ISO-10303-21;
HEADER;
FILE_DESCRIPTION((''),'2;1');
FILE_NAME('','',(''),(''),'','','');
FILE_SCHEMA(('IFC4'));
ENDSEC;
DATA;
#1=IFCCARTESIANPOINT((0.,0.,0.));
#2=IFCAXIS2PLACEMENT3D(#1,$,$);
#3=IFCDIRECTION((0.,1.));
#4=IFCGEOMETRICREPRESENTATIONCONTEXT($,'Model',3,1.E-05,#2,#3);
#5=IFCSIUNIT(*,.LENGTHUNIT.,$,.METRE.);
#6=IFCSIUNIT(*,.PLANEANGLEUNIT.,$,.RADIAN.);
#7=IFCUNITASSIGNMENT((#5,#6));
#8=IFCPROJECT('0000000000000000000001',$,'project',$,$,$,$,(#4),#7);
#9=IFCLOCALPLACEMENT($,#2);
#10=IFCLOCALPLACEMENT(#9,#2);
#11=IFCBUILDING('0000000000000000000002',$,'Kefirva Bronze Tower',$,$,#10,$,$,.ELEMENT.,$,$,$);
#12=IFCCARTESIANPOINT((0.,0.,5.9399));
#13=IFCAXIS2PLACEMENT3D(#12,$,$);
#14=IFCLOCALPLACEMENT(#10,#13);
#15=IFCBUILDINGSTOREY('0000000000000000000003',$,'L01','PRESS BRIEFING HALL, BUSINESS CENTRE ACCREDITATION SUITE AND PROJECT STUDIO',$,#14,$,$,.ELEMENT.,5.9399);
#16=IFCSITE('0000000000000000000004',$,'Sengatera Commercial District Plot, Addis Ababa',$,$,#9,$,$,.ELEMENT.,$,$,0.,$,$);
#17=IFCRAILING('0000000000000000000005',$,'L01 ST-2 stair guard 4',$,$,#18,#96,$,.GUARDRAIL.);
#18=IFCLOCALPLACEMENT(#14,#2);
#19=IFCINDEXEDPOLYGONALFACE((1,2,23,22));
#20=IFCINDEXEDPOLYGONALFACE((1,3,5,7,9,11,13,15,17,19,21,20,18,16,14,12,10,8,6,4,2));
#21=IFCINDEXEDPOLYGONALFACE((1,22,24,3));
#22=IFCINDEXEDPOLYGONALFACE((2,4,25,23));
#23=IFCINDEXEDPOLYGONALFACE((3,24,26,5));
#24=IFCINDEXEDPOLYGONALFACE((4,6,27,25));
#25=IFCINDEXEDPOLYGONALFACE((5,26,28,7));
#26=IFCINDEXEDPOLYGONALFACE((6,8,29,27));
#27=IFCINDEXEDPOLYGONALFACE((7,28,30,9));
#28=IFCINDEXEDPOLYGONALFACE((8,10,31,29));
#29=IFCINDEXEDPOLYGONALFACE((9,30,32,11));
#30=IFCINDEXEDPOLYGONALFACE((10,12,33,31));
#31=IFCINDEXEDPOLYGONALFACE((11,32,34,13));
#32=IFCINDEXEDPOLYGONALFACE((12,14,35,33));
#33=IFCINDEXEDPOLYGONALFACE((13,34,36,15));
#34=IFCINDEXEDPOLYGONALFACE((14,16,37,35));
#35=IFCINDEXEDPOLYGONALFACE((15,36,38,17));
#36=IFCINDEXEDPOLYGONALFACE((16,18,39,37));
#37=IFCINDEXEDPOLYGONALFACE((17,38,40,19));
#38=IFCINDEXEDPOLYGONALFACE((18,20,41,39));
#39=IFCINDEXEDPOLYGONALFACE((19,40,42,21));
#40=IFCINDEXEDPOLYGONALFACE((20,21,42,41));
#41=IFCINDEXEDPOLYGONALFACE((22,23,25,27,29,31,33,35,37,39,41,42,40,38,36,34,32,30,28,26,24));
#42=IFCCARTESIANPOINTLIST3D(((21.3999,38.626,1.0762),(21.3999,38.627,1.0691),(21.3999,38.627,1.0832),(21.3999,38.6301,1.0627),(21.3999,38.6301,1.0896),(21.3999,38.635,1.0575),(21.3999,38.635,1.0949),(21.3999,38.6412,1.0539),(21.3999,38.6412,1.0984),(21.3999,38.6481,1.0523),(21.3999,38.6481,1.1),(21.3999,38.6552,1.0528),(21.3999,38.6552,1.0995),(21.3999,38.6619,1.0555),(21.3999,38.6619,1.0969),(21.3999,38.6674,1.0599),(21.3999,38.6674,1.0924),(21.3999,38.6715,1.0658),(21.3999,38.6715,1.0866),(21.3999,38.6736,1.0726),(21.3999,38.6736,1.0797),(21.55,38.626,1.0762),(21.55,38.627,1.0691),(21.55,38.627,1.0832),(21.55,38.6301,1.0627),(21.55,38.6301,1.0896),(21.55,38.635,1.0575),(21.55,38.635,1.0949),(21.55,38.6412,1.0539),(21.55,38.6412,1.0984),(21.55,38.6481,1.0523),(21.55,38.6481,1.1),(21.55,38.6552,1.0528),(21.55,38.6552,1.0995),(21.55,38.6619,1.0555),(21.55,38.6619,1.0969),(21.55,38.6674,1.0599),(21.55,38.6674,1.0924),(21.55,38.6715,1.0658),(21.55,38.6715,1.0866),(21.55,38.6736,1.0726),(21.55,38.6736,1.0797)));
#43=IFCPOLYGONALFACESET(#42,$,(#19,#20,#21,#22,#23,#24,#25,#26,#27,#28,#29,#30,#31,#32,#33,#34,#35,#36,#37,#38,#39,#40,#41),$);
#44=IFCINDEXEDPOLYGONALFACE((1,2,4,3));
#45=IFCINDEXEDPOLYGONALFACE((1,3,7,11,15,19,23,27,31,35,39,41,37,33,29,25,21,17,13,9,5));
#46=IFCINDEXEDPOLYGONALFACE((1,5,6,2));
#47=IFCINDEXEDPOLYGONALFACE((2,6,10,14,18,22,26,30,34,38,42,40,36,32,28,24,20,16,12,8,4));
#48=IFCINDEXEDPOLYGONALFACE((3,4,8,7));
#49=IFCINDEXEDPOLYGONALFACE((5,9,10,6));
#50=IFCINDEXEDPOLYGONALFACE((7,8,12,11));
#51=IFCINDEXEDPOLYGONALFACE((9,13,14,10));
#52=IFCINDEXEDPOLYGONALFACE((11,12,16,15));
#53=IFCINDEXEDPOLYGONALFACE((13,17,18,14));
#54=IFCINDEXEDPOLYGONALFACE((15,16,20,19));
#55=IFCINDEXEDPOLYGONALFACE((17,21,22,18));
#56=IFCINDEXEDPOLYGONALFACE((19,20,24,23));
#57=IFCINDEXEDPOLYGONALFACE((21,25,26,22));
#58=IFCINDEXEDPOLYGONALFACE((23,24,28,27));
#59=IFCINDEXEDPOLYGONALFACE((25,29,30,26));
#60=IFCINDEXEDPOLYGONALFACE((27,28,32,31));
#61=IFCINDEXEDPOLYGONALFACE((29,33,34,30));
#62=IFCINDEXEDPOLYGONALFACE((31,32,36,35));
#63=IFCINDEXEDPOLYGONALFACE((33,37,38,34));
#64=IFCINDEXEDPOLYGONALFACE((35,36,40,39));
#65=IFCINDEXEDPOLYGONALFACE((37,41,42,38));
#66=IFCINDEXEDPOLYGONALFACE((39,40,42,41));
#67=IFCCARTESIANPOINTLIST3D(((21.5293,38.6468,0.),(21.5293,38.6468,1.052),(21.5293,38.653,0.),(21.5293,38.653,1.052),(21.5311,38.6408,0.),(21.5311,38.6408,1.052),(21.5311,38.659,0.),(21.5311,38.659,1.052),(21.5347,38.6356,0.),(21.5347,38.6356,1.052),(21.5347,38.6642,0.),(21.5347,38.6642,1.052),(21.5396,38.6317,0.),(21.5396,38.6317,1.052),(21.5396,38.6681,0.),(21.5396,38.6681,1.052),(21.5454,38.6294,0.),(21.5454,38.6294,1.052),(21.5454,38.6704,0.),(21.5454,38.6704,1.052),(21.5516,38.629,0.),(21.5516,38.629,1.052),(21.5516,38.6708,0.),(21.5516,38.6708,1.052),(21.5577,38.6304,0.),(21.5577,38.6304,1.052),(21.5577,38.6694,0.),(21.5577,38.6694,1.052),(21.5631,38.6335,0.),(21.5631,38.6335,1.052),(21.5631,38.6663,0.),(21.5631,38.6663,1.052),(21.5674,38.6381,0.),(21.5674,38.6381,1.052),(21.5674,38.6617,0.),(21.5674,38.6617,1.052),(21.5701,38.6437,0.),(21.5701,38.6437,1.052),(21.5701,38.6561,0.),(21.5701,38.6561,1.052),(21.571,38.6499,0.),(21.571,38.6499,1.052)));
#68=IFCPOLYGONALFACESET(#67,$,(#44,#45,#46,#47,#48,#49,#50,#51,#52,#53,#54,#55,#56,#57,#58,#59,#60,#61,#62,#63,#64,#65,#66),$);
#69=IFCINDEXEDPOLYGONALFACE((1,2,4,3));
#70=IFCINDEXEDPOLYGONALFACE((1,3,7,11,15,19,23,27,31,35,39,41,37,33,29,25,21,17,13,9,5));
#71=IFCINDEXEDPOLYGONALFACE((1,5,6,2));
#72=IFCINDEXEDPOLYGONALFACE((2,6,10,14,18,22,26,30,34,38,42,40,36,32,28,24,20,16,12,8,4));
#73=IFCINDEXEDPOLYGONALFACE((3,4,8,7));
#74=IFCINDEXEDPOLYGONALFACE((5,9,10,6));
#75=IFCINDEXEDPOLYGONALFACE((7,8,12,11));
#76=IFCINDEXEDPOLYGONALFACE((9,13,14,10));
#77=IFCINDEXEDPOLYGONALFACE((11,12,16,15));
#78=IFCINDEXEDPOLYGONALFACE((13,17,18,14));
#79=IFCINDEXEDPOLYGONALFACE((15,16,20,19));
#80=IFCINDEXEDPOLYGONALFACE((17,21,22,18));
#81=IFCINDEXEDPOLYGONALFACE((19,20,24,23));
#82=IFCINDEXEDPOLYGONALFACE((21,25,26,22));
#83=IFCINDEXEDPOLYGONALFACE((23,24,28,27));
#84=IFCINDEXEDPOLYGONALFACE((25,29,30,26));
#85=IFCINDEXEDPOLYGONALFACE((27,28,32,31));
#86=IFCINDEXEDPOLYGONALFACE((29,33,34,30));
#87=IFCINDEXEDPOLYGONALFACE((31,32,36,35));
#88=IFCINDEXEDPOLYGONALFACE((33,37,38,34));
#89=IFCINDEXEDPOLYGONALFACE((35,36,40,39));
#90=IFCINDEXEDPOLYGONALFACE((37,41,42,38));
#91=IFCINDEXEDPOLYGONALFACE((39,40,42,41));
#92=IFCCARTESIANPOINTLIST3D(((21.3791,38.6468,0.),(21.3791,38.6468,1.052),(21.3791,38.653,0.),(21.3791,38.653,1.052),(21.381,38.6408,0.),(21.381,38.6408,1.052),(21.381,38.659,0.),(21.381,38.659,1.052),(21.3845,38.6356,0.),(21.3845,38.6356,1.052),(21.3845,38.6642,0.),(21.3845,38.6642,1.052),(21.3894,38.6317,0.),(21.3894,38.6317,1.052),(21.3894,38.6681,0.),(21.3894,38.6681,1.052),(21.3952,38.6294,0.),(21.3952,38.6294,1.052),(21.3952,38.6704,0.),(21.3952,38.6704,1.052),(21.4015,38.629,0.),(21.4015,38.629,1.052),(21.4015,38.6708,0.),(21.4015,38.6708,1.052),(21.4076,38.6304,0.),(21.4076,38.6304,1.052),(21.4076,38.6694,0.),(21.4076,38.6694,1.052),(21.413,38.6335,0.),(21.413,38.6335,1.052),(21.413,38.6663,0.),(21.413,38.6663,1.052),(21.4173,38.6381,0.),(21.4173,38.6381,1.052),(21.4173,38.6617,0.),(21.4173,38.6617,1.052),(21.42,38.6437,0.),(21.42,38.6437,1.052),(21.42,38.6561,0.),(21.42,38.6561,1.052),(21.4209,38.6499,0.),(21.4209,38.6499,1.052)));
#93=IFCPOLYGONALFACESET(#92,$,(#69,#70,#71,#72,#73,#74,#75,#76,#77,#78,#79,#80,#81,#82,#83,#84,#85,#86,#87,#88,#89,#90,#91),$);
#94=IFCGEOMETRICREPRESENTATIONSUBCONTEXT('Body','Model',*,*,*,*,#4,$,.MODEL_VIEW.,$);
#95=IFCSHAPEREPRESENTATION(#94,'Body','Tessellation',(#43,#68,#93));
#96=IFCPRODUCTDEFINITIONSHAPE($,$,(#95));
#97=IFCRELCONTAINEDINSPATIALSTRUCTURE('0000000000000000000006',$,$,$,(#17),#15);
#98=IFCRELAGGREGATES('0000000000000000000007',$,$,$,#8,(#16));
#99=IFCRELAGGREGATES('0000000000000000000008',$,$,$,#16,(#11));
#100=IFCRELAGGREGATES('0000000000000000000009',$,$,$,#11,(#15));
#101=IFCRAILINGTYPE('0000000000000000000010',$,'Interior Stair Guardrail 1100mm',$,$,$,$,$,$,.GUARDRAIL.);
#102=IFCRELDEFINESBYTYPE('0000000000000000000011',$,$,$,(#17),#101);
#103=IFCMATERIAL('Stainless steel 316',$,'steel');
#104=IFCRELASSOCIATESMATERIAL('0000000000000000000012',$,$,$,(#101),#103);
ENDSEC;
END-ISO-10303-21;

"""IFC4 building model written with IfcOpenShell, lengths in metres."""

from ifc_helpers import new_model, si_unit, direction, frame, origin, origin_2d, place, context, subcontext, project, spatial, circle, extrude, material, type_object, element, save


model = new_model("IFC4")

# Units and contexts
model_context = context("Model", 3, precision=1e-05, world=origin(), true_north=direction((0.0, 1.0)))
body_context = subcontext(model_context, "Body", "Model", "MODEL_VIEW")
ifc_project = project(units=[si_unit("LENGTHUNIT", "METRE"), si_unit("PLANEANGLEUNIT", "RADIAN")], contexts=[model_context])

# Site, building, storey
site_placement = place(None, origin())
site = spatial("IfcSite", under=ifc_project, at=site_placement, Name="Sengatera Commercial District Plot, Addis Ababa", CompositionType="ELEMENT", RefElevation=0.0)
building_placement = place(site_placement, origin())
building = spatial("IfcBuilding", under=site, at=building_placement, Name="Kefirva Bronze Tower", CompositionType="ELEMENT")
storey_placement = place(building_placement, frame((0.0, 0.0, 5.9399)))
storey = spatial("IfcBuildingStorey", under=building, at=storey_placement, Name="L01", Description="PRESS BRIEFING HALL, BUSINESS CENTRE ACCREDITATION SUITE AND PROJECT STUDIO", CompositionType="ELEMENT", Elevation=5.9399)

# Railing
ifc_material_1 = material(Name="Stainless steel 316", Category="steel")
railing_type_1 = type_object("IfcRailingType", Name="Interior Stair Guardrail 1100mm", PredefinedType="GUARDRAIL", material=ifc_material_1)
railing_1_placement = place(storey_placement, frame((21.55, 38.6499, 0.0)))
element("IfcRailing", 1, at=railing_1_placement, inside=storey, type_object=railing_type_1, Name="L01 ST-2 stair guard 4", PredefinedType="GUARDRAIL", context=body_context, shape_type="SweptSolid", body=[
    extrude(circle(Radius=0.0239, at=origin_2d()), frame((0.0, 0.0, 1.0762), z_axis=(-1.0, 0.0, 0.0), x_axis=(0.0, -1.0, 0.0)), (0.0, 0.0, 1.0), 0.1501),
    extrude(circle(Radius=0.021, at=origin_2d()), origin(), (0.0, 0.0, 1.0), 1.052),
    extrude(circle(Radius=0.021, at=origin_2d()), frame((-0.1501, 0.0, 0.0)), (0.0, 0.0, 1.0), 1.052),
])

save(model, "model.ifc")
